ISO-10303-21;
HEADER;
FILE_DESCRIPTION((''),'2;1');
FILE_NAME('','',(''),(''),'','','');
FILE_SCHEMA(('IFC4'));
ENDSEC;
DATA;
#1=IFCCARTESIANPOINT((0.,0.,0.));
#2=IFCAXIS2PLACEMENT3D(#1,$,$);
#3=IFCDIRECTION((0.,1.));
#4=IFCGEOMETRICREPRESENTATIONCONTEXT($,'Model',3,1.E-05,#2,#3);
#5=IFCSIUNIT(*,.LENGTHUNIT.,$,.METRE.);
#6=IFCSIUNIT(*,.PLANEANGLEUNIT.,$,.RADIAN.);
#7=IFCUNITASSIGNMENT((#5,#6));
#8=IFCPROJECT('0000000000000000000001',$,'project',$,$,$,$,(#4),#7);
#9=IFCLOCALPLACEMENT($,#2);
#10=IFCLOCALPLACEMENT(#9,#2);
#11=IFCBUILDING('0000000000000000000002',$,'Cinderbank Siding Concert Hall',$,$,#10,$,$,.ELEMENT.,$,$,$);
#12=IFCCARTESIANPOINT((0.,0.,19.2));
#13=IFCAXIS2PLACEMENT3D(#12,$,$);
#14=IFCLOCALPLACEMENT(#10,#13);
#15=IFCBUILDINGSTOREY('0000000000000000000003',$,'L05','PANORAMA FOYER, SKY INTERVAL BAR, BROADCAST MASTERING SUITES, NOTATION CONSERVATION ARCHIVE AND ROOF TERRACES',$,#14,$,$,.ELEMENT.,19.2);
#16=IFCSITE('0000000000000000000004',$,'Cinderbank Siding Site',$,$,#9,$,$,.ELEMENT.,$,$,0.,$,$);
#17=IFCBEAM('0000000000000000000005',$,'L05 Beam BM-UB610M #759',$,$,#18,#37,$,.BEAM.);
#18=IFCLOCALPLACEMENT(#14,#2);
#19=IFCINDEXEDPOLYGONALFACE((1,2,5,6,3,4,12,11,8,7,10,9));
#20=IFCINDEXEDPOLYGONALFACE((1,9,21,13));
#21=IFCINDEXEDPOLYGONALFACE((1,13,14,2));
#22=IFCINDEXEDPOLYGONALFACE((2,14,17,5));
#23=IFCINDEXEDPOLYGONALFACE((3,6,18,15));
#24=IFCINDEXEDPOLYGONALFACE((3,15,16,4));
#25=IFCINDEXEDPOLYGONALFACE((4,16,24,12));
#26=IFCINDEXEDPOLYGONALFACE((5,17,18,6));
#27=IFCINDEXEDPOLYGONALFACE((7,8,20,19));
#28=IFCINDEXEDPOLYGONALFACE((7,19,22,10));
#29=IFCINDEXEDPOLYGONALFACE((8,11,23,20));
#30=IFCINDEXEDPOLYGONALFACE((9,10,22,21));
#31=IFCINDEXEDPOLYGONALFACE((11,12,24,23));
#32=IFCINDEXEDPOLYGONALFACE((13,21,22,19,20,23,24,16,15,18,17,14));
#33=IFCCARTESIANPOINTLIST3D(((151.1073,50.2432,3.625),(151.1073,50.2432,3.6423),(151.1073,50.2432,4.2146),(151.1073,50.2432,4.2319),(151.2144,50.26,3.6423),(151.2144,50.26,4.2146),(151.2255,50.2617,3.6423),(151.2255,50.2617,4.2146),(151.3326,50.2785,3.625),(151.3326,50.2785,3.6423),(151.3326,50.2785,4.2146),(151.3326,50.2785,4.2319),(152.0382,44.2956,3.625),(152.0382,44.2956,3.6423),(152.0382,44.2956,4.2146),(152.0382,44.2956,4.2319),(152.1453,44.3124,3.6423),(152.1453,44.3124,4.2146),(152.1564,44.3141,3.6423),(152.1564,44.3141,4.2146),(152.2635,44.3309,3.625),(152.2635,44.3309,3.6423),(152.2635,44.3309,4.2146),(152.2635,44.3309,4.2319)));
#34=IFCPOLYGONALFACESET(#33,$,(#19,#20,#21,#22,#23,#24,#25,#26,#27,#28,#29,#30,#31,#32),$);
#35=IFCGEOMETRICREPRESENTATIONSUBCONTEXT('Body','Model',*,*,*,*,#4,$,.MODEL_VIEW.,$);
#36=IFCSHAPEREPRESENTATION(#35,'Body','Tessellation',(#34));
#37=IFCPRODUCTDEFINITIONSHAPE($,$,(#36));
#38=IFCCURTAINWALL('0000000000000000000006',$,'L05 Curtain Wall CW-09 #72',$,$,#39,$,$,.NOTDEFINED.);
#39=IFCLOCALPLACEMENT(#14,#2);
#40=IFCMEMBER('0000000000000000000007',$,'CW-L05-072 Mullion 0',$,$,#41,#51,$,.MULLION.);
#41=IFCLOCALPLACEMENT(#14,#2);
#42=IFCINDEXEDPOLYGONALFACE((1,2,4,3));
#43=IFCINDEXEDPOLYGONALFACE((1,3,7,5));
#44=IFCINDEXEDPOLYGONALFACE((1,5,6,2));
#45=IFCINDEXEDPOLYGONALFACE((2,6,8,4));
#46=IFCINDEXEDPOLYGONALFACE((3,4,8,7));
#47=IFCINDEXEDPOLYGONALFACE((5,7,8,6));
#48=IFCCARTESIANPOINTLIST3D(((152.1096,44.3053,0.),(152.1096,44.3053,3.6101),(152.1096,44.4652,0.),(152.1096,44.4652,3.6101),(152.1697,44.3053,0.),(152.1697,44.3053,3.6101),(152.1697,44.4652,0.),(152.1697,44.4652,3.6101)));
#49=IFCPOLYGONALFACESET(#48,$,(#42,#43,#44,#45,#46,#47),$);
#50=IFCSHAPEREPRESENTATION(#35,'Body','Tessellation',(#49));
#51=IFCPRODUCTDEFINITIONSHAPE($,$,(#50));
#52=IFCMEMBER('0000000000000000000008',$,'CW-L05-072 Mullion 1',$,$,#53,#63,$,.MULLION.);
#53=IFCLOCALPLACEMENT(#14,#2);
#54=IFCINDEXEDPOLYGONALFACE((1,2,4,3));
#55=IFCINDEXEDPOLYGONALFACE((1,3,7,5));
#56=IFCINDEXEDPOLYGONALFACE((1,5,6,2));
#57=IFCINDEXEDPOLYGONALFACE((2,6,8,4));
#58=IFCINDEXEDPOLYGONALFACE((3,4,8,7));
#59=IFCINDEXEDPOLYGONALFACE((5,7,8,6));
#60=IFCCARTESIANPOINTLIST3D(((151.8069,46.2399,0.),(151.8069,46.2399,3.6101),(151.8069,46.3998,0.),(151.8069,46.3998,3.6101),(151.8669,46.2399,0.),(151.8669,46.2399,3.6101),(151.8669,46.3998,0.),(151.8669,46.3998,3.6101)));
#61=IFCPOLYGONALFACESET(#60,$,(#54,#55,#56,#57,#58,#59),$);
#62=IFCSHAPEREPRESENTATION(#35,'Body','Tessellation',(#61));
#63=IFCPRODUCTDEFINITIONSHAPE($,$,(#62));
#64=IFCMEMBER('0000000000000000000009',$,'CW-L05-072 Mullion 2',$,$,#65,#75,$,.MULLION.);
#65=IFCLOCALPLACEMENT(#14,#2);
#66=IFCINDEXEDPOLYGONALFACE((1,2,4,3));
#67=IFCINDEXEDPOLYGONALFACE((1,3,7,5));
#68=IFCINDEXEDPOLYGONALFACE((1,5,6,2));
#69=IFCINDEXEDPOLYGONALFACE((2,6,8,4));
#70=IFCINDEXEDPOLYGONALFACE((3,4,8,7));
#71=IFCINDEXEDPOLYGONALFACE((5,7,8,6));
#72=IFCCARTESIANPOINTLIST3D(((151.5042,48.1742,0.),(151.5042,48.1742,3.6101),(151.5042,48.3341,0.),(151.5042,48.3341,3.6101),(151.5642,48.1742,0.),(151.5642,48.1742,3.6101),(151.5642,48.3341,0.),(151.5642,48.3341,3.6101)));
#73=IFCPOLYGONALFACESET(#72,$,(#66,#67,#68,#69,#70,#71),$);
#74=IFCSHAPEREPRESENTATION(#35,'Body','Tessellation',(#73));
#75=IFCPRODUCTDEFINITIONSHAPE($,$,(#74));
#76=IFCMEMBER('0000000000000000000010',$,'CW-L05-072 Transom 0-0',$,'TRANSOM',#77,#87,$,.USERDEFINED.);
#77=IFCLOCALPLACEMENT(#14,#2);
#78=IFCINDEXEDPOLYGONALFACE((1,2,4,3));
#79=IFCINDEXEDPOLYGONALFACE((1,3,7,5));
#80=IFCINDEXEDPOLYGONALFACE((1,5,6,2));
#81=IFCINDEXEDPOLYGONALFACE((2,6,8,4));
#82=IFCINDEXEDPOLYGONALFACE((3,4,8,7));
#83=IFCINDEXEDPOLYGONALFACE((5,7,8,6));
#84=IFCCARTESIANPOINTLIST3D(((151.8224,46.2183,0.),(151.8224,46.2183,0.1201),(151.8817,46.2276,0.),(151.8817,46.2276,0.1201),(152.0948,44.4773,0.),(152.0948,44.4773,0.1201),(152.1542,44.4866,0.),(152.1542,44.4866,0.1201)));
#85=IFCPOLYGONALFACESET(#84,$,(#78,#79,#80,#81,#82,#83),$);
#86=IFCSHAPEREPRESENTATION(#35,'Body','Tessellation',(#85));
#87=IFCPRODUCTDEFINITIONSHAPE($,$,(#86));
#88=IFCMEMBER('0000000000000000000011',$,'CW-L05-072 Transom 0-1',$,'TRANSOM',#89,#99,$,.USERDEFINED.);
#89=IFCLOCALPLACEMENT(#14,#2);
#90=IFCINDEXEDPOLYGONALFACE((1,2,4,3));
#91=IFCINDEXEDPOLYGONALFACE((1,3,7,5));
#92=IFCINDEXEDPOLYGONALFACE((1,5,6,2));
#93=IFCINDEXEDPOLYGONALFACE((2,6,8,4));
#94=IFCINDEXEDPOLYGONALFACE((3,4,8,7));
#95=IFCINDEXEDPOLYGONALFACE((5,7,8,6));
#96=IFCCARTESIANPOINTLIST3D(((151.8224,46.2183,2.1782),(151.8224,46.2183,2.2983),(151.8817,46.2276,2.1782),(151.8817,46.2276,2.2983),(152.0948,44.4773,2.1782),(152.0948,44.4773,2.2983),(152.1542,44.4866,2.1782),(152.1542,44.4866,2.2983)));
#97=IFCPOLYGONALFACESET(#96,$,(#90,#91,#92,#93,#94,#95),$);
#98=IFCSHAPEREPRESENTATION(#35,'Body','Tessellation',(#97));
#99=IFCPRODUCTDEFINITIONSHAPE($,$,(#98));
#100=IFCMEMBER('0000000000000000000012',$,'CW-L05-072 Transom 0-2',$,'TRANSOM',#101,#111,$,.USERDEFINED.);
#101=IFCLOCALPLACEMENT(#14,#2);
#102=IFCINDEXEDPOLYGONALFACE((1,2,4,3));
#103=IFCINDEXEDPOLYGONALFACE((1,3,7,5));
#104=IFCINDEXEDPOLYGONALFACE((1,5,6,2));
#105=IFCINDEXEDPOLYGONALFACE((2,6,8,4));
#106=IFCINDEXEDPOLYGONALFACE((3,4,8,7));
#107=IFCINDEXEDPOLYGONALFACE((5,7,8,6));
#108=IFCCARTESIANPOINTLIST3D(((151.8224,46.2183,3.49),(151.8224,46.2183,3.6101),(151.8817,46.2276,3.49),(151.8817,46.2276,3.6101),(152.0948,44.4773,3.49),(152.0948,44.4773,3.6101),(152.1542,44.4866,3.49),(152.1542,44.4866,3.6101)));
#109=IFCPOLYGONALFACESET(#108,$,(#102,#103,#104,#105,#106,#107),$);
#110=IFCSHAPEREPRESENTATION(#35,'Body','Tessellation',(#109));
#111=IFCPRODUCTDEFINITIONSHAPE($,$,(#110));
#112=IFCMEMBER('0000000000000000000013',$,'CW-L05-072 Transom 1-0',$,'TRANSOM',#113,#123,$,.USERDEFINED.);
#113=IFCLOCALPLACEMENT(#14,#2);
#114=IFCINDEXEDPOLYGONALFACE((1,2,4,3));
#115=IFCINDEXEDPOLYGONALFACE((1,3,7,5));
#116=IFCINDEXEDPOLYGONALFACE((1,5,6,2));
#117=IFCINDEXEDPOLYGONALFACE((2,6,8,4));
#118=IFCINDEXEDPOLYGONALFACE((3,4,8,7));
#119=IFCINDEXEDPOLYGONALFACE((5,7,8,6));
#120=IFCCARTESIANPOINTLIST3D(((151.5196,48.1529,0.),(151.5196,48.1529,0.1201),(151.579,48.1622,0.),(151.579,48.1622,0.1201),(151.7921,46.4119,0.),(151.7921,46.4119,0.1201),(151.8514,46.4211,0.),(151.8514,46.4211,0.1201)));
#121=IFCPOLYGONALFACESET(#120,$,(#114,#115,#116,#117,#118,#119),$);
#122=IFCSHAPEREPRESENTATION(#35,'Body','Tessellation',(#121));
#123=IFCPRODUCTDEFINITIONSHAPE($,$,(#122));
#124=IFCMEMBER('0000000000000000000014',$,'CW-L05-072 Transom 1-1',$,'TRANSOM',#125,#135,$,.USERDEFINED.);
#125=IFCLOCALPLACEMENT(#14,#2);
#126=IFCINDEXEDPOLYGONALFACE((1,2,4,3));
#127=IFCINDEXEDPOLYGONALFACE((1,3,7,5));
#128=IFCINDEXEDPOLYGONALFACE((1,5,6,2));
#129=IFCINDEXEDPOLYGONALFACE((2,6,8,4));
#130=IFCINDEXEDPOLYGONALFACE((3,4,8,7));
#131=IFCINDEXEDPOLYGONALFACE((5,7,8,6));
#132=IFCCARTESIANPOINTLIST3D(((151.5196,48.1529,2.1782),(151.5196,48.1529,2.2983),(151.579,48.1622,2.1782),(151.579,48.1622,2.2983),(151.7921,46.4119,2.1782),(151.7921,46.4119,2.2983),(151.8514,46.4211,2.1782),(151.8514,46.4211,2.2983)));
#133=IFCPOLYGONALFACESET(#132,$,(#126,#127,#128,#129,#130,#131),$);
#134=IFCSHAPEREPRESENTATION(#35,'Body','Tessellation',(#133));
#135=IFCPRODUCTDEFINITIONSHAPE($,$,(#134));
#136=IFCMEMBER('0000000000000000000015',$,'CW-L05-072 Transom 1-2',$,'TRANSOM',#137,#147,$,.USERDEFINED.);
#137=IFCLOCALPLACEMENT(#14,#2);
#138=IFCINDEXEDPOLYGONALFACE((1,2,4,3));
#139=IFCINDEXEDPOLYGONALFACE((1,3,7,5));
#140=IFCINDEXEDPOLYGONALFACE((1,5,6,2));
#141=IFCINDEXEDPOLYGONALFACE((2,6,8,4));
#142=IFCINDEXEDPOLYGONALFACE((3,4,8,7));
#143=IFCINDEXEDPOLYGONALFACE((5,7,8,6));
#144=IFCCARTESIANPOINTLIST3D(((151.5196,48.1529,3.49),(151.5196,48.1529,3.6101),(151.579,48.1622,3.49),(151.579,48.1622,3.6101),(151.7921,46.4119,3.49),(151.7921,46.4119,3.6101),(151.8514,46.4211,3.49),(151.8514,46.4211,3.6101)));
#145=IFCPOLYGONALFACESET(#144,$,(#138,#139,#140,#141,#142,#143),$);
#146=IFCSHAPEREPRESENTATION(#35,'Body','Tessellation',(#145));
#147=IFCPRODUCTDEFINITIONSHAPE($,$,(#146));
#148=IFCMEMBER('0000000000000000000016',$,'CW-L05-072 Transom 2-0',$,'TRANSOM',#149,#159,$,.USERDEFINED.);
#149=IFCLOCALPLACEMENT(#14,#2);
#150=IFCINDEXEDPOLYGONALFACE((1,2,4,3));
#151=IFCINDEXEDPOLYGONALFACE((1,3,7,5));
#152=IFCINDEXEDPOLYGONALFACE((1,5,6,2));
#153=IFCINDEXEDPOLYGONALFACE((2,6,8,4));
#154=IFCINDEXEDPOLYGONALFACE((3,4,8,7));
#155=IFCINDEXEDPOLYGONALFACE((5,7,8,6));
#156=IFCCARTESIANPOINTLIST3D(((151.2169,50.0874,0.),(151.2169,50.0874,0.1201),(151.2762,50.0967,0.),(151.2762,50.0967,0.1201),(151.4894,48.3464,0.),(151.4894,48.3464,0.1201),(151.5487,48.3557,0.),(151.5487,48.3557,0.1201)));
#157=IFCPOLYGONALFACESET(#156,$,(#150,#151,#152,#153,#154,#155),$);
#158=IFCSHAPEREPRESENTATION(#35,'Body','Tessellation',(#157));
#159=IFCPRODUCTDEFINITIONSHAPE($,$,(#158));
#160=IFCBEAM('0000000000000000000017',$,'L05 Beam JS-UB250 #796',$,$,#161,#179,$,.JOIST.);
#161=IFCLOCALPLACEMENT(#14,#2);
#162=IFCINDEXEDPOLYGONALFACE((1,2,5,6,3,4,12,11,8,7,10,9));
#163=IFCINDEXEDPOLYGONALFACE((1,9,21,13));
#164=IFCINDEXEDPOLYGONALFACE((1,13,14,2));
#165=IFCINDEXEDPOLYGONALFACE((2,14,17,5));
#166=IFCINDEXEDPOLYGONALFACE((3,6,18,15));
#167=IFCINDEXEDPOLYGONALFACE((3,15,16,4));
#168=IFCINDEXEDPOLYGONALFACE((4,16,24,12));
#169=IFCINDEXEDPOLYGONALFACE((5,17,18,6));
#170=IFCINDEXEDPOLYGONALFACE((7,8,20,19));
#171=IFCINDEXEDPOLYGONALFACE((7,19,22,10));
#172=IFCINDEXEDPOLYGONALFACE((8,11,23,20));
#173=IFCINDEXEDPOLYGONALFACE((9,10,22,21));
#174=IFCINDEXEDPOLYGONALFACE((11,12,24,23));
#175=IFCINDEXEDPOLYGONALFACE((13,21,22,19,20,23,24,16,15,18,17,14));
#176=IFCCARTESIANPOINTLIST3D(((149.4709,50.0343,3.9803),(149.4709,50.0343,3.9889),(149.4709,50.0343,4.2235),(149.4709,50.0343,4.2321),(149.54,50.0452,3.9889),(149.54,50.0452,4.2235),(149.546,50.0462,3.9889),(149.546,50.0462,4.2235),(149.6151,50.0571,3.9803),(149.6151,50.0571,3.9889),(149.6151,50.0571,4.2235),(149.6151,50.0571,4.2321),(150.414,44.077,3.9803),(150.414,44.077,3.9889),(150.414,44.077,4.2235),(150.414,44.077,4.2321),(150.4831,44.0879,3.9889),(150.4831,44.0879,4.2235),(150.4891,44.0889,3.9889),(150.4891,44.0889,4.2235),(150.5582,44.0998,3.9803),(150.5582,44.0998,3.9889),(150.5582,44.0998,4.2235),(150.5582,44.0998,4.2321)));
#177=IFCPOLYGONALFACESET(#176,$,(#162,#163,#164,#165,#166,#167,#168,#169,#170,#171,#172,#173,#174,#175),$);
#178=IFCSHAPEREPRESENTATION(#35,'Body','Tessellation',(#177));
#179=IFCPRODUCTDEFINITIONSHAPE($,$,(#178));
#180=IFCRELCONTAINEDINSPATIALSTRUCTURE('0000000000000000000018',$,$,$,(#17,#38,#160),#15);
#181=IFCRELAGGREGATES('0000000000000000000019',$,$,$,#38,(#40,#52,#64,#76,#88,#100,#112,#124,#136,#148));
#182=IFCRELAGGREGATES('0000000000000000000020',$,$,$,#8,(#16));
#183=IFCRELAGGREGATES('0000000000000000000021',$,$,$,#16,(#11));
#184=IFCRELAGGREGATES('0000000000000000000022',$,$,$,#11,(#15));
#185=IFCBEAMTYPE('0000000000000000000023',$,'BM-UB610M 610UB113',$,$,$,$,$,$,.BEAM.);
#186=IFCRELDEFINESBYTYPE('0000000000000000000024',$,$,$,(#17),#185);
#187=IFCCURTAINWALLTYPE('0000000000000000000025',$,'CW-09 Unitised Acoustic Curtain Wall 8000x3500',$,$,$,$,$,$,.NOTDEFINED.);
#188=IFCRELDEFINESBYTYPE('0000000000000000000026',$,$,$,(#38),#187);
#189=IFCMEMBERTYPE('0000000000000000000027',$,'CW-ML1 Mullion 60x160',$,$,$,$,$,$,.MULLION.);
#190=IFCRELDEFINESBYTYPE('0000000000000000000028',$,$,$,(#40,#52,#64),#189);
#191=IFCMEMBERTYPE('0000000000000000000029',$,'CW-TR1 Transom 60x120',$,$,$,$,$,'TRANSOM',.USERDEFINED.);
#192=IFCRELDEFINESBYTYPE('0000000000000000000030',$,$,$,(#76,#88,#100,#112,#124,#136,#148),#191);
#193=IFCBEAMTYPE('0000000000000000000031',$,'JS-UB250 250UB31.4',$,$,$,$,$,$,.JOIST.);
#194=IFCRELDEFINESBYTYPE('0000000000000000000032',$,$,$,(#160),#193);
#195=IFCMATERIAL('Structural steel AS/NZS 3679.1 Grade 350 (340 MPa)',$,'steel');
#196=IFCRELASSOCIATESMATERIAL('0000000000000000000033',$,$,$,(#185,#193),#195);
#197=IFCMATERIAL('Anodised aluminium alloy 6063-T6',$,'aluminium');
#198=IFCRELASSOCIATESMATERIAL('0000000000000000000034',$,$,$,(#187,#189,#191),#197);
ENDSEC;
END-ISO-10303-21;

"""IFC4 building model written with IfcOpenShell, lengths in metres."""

from ifc_helpers import new_model, si_unit, direction, frame, origin, origin_2d, place, context, subcontext, project, spatial, rectangle, i_section, extrude, material, material_profile, profile_set, type_object, element, aggregate, save


model = new_model("IFC4")

# Units and contexts
model_context = context("Model", 3, precision=1e-05, world=origin(), true_north=direction((0.0, 1.0)))
body_context = subcontext(model_context, "Body", "Model", "MODEL_VIEW")
ifc_project = project(units=[si_unit("LENGTHUNIT", "METRE"), si_unit("PLANEANGLEUNIT", "RADIAN")], contexts=[model_context])

# Site, building, storey
site_placement = place(None, origin())
site = spatial("IfcSite", under=ifc_project, at=site_placement, Name="Cinderbank Siding Site", CompositionType="ELEMENT", RefElevation=0.0)
building_placement = place(site_placement, origin())
building = spatial("IfcBuilding", under=site, at=building_placement, Name="Cinderbank Siding Concert Hall", CompositionType="ELEMENT")
storey_placement = place(building_placement, frame((0.0, 0.0, 19.2)))
storey = spatial("IfcBuildingStorey", under=building, at=storey_placement, Name="L05", Description="PANORAMA FOYER, SKY INTERVAL BAR, BROADCAST MASTERING SUITES, NOTATION CONSERVATION ARCHIVE AND ROOF TERRACES", CompositionType="ELEMENT", Elevation=19.2)

# Beam
ifc_material_1 = material(Name="Structural steel AS/NZS 3679.1 Grade 350 (340 MPa)", Category="steel")
ifc_material_profile_1 = material_profile(ifc_material_1, i_section(OverallWidth=0.228, OverallDepth=0.6069, WebThickness=0.0112, FlangeThickness=0.0173, at=origin_2d()), Name="610UB113", Category="LoadBearing")
ifc_profile_set_1 = profile_set([ifc_material_profile_1], Name="Structural steel AS/NZS 3679.1 Grade 350 (340 MPa)")
beam_type_1 = type_object("IfcBeamType", Name="BM-UB610M 610UB113", PredefinedType="BEAM", material=ifc_profile_set_1)
beam_1_placement = place(storey_placement, frame((152.1509, 44.3132, 3.9285), z_axis=(-0.154638, 0.987971, 0.0), x_axis=(-0.987971, -0.154638, 0.0)))
element("IfcBeam", 1, at=beam_1_placement, inside=storey, type_object=beam_type_1, Name="L05 Beam BM-UB610M #759", PredefinedType="BEAM", context=body_context, shape_type="SweptSolid", body=[
    extrude(i_section(OverallWidth=0.228, OverallDepth=0.6069, WebThickness=0.0112, FlangeThickness=0.0173, at=origin_2d()), origin(), (0.0, 0.0, 1.0), 6.02),
])

# Curtain wall, members
ifc_material_2 = material(Name="Anodised aluminium alloy 6063-T6", Category="aluminium")
curtain_wall_type = type_object("IfcCurtainWallType", Name="CW-09 Unitised Acoustic Curtain Wall 8000x3500", PredefinedType="NOTDEFINED", material=ifc_material_2)
curtain_wall_placement = place(storey_placement, origin())
curtain_wall = element("IfcCurtainWall", 2, at=curtain_wall_placement, inside=storey, type_object=curtain_wall_type, Name="L05 Curtain Wall CW-09 #72", PredefinedType="NOTDEFINED")
ifc_material_profile_2 = material_profile(ifc_material_2, rectangle(XDim=0.0601, YDim=0.1599, at=origin_2d()), Name="ALU-MULL-60x160", Category="LoadBearing")
ifc_profile_set_2 = profile_set([ifc_material_profile_2], Name="Anodised aluminium alloy 6063-T6")
member_type_1 = type_object("IfcMemberType", Name="CW-ML1 Mullion 60x160", PredefinedType="MULLION", material=ifc_profile_set_2)
member_1_placement = place(storey_placement, frame((152.1396, 44.3853, 0.0), z_axis=(0.0, 0.0, 1.0), x_axis=(1.0, 0.0, 0.0)))
member_1 = element("IfcMember", 3, at=member_1_placement, type_object=member_type_1, Name="CW-L05-072 Mullion 0", PredefinedType="MULLION", context=body_context, shape_type="SweptSolid", body=[
    extrude(rectangle(XDim=0.0601, YDim=0.1599, at=origin_2d()), origin(), (0.0, 0.0, 1.0), 3.6101),
])
member_2_placement = place(storey_placement, frame((151.8369, 46.3198, 0.0), z_axis=(0.0, 0.0, 1.0), x_axis=(1.0, 0.0, 0.0)))
member_2 = element("IfcMember", 4, at=member_2_placement, type_object=member_type_1, Name="CW-L05-072 Mullion 1", PredefinedType="MULLION", context=body_context, shape_type="SweptSolid", body=[
    extrude(rectangle(XDim=0.0601, YDim=0.1599, at=origin_2d()), origin(), (0.0, 0.0, 1.0), 3.6101),
])
member_3_placement = place(storey_placement, frame((151.5342, 48.2542, 0.0), z_axis=(0.0, 0.0, 1.0), x_axis=(1.0, 0.0, 0.0)))
member_3 = element("IfcMember", 5, at=member_3_placement, type_object=member_type_1, Name="CW-L05-072 Mullion 2", PredefinedType="MULLION", context=body_context, shape_type="SweptSolid", body=[
    extrude(rectangle(XDim=0.0601, YDim=0.1599, at=origin_2d()), origin(), (0.0, 0.0, 1.0), 3.6101),
])
ifc_material_profile_3 = material_profile(ifc_material_2, rectangle(XDim=0.0601, YDim=0.1201, at=origin_2d()), Name="ALU-TRAN-60x120", Category="LoadBearing")
ifc_profile_set_3 = profile_set([ifc_material_profile_3], Name="Anodised aluminium alloy 6063-T6")
member_type_2 = type_object("IfcMemberType", Name="CW-TR1 Transom 60x120", ElementType="TRANSOM", PredefinedType="USERDEFINED", material=ifc_profile_set_3)
member_4_placement = place(storey_placement, frame((152.1245, 44.4819, 0.0601), z_axis=(-0.154618, 0.987974, 0.0), x_axis=(-0.987974, -0.154618, 0.0)))
member_4 = element("IfcMember", 6, at=member_4_placement, type_object=member_type_2, Name="CW-L05-072 Transom 0-0", ObjectType="TRANSOM", PredefinedType="USERDEFINED", context=body_context, shape_type="SweptSolid", body=[
    extrude(rectangle(XDim=0.0601, YDim=0.1201, at=origin_2d()), origin(), (0.0, 0.0, 1.0), 1.7622),
])
member_5_placement = place(storey_placement, frame((152.1245, 44.4819, 2.2383), z_axis=(-0.154618, 0.987974, 0.0), x_axis=(-0.987974, -0.154618, 0.0)))
member_5 = element("IfcMember", 7, at=member_5_placement, type_object=member_type_2, Name="CW-L05-072 Transom 0-1", ObjectType="TRANSOM", PredefinedType="USERDEFINED", context=body_context, shape_type="SweptSolid", body=[
    extrude(rectangle(XDim=0.0601, YDim=0.1201, at=origin_2d()), origin(), (0.0, 0.0, 1.0), 1.7622),
])
member_6_placement = place(storey_placement, frame((152.1245, 44.4819, 3.55), z_axis=(-0.154618, 0.987974, 0.0), x_axis=(-0.987974, -0.154618, 0.0)))
member_6 = element("IfcMember", 8, at=member_6_placement, type_object=member_type_2, Name="CW-L05-072 Transom 0-2", ObjectType="TRANSOM", PredefinedType="USERDEFINED", context=body_context, shape_type="SweptSolid", body=[
    extrude(rectangle(XDim=0.0601, YDim=0.1201, at=origin_2d()), origin(), (0.0, 0.0, 1.0), 1.7622),
])
member_7_placement = place(storey_placement, frame((151.8218, 46.4165, 0.0601), z_axis=(-0.154618, 0.987974, 0.0), x_axis=(-0.987974, -0.154618, 0.0)))
member_7 = element("IfcMember", 9, at=member_7_placement, type_object=member_type_2, Name="CW-L05-072 Transom 1-0", ObjectType="TRANSOM", PredefinedType="USERDEFINED", context=body_context, shape_type="SweptSolid", body=[
    extrude(rectangle(XDim=0.0601, YDim=0.1201, at=origin_2d()), origin(), (0.0, 0.0, 1.0), 1.7622),
])
member_8_placement = place(storey_placement, frame((151.8218, 46.4165, 2.2383), z_axis=(-0.154618, 0.987974, 0.0), x_axis=(-0.987974, -0.154618, 0.0)))
member_8 = element("IfcMember", 10, at=member_8_placement, type_object=member_type_2, Name="CW-L05-072 Transom 1-1", ObjectType="TRANSOM", PredefinedType="USERDEFINED", context=body_context, shape_type="SweptSolid", body=[
    extrude(rectangle(XDim=0.0601, YDim=0.1201, at=origin_2d()), origin(), (0.0, 0.0, 1.0), 1.7622),
])
member_9_placement = place(storey_placement, frame((151.8218, 46.4165, 3.55), z_axis=(-0.154618, 0.987974, 0.0), x_axis=(-0.987974, -0.154618, 0.0)))
member_9 = element("IfcMember", 11, at=member_9_placement, type_object=member_type_2, Name="CW-L05-072 Transom 1-2", ObjectType="TRANSOM", PredefinedType="USERDEFINED", context=body_context, shape_type="SweptSolid", body=[
    extrude(rectangle(XDim=0.0601, YDim=0.1201, at=origin_2d()), origin(), (0.0, 0.0, 1.0), 1.7622),
])
member_10_placement = place(storey_placement, frame((151.519, 48.3511, 0.0601), z_axis=(-0.154618, 0.987974, 0.0), x_axis=(-0.987974, -0.154618, 0.0)))
member_10 = element("IfcMember", 12, at=member_10_placement, type_object=member_type_2, Name="CW-L05-072 Transom 2-0", ObjectType="TRANSOM", PredefinedType="USERDEFINED", context=body_context, shape_type="SweptSolid", body=[
    extrude(rectangle(XDim=0.0601, YDim=0.1201, at=origin_2d()), origin(), (0.0, 0.0, 1.0), 1.7622),
])

# Beam
ifc_material_profile_4 = material_profile(ifc_material_1, i_section(OverallWidth=0.146, OverallDepth=0.2517, WebThickness=0.0061, FlangeThickness=0.0085, at=origin_2d()), Name="250UB31.4", Category="LoadBearing")
ifc_profile_set_4 = profile_set([ifc_material_profile_4], Name="Structural steel AS/NZS 3679.1 Grade 350 (340 MPa)")
beam_type_2 = type_object("IfcBeamType", Name="JS-UB250 250UB31.4", PredefinedType="JOIST", material=ifc_profile_set_4)
beam_2_placement = place(storey_placement, frame((150.4861, 44.0884, 4.1062), z_axis=(-0.156366, 0.987699, 0.0), x_axis=(-0.987699, -0.156366, 0.0)))
element("IfcBeam", 13, at=beam_2_placement, inside=storey, type_object=beam_type_2, Name="L05 Beam JS-UB250 #796", PredefinedType="JOIST", context=body_context, shape_type="SweptSolid", body=[
    extrude(i_section(OverallWidth=0.146, OverallDepth=0.2517, WebThickness=0.0061, FlangeThickness=0.0085, at=origin_2d()), origin(), (0.0, 0.0, 1.0), 6.0315),
])

aggregate(curtain_wall, [member_1, member_2, member_3, member_4, member_5, member_6, member_7, member_8, member_9, member_10])

save(model, "model.ifc")
